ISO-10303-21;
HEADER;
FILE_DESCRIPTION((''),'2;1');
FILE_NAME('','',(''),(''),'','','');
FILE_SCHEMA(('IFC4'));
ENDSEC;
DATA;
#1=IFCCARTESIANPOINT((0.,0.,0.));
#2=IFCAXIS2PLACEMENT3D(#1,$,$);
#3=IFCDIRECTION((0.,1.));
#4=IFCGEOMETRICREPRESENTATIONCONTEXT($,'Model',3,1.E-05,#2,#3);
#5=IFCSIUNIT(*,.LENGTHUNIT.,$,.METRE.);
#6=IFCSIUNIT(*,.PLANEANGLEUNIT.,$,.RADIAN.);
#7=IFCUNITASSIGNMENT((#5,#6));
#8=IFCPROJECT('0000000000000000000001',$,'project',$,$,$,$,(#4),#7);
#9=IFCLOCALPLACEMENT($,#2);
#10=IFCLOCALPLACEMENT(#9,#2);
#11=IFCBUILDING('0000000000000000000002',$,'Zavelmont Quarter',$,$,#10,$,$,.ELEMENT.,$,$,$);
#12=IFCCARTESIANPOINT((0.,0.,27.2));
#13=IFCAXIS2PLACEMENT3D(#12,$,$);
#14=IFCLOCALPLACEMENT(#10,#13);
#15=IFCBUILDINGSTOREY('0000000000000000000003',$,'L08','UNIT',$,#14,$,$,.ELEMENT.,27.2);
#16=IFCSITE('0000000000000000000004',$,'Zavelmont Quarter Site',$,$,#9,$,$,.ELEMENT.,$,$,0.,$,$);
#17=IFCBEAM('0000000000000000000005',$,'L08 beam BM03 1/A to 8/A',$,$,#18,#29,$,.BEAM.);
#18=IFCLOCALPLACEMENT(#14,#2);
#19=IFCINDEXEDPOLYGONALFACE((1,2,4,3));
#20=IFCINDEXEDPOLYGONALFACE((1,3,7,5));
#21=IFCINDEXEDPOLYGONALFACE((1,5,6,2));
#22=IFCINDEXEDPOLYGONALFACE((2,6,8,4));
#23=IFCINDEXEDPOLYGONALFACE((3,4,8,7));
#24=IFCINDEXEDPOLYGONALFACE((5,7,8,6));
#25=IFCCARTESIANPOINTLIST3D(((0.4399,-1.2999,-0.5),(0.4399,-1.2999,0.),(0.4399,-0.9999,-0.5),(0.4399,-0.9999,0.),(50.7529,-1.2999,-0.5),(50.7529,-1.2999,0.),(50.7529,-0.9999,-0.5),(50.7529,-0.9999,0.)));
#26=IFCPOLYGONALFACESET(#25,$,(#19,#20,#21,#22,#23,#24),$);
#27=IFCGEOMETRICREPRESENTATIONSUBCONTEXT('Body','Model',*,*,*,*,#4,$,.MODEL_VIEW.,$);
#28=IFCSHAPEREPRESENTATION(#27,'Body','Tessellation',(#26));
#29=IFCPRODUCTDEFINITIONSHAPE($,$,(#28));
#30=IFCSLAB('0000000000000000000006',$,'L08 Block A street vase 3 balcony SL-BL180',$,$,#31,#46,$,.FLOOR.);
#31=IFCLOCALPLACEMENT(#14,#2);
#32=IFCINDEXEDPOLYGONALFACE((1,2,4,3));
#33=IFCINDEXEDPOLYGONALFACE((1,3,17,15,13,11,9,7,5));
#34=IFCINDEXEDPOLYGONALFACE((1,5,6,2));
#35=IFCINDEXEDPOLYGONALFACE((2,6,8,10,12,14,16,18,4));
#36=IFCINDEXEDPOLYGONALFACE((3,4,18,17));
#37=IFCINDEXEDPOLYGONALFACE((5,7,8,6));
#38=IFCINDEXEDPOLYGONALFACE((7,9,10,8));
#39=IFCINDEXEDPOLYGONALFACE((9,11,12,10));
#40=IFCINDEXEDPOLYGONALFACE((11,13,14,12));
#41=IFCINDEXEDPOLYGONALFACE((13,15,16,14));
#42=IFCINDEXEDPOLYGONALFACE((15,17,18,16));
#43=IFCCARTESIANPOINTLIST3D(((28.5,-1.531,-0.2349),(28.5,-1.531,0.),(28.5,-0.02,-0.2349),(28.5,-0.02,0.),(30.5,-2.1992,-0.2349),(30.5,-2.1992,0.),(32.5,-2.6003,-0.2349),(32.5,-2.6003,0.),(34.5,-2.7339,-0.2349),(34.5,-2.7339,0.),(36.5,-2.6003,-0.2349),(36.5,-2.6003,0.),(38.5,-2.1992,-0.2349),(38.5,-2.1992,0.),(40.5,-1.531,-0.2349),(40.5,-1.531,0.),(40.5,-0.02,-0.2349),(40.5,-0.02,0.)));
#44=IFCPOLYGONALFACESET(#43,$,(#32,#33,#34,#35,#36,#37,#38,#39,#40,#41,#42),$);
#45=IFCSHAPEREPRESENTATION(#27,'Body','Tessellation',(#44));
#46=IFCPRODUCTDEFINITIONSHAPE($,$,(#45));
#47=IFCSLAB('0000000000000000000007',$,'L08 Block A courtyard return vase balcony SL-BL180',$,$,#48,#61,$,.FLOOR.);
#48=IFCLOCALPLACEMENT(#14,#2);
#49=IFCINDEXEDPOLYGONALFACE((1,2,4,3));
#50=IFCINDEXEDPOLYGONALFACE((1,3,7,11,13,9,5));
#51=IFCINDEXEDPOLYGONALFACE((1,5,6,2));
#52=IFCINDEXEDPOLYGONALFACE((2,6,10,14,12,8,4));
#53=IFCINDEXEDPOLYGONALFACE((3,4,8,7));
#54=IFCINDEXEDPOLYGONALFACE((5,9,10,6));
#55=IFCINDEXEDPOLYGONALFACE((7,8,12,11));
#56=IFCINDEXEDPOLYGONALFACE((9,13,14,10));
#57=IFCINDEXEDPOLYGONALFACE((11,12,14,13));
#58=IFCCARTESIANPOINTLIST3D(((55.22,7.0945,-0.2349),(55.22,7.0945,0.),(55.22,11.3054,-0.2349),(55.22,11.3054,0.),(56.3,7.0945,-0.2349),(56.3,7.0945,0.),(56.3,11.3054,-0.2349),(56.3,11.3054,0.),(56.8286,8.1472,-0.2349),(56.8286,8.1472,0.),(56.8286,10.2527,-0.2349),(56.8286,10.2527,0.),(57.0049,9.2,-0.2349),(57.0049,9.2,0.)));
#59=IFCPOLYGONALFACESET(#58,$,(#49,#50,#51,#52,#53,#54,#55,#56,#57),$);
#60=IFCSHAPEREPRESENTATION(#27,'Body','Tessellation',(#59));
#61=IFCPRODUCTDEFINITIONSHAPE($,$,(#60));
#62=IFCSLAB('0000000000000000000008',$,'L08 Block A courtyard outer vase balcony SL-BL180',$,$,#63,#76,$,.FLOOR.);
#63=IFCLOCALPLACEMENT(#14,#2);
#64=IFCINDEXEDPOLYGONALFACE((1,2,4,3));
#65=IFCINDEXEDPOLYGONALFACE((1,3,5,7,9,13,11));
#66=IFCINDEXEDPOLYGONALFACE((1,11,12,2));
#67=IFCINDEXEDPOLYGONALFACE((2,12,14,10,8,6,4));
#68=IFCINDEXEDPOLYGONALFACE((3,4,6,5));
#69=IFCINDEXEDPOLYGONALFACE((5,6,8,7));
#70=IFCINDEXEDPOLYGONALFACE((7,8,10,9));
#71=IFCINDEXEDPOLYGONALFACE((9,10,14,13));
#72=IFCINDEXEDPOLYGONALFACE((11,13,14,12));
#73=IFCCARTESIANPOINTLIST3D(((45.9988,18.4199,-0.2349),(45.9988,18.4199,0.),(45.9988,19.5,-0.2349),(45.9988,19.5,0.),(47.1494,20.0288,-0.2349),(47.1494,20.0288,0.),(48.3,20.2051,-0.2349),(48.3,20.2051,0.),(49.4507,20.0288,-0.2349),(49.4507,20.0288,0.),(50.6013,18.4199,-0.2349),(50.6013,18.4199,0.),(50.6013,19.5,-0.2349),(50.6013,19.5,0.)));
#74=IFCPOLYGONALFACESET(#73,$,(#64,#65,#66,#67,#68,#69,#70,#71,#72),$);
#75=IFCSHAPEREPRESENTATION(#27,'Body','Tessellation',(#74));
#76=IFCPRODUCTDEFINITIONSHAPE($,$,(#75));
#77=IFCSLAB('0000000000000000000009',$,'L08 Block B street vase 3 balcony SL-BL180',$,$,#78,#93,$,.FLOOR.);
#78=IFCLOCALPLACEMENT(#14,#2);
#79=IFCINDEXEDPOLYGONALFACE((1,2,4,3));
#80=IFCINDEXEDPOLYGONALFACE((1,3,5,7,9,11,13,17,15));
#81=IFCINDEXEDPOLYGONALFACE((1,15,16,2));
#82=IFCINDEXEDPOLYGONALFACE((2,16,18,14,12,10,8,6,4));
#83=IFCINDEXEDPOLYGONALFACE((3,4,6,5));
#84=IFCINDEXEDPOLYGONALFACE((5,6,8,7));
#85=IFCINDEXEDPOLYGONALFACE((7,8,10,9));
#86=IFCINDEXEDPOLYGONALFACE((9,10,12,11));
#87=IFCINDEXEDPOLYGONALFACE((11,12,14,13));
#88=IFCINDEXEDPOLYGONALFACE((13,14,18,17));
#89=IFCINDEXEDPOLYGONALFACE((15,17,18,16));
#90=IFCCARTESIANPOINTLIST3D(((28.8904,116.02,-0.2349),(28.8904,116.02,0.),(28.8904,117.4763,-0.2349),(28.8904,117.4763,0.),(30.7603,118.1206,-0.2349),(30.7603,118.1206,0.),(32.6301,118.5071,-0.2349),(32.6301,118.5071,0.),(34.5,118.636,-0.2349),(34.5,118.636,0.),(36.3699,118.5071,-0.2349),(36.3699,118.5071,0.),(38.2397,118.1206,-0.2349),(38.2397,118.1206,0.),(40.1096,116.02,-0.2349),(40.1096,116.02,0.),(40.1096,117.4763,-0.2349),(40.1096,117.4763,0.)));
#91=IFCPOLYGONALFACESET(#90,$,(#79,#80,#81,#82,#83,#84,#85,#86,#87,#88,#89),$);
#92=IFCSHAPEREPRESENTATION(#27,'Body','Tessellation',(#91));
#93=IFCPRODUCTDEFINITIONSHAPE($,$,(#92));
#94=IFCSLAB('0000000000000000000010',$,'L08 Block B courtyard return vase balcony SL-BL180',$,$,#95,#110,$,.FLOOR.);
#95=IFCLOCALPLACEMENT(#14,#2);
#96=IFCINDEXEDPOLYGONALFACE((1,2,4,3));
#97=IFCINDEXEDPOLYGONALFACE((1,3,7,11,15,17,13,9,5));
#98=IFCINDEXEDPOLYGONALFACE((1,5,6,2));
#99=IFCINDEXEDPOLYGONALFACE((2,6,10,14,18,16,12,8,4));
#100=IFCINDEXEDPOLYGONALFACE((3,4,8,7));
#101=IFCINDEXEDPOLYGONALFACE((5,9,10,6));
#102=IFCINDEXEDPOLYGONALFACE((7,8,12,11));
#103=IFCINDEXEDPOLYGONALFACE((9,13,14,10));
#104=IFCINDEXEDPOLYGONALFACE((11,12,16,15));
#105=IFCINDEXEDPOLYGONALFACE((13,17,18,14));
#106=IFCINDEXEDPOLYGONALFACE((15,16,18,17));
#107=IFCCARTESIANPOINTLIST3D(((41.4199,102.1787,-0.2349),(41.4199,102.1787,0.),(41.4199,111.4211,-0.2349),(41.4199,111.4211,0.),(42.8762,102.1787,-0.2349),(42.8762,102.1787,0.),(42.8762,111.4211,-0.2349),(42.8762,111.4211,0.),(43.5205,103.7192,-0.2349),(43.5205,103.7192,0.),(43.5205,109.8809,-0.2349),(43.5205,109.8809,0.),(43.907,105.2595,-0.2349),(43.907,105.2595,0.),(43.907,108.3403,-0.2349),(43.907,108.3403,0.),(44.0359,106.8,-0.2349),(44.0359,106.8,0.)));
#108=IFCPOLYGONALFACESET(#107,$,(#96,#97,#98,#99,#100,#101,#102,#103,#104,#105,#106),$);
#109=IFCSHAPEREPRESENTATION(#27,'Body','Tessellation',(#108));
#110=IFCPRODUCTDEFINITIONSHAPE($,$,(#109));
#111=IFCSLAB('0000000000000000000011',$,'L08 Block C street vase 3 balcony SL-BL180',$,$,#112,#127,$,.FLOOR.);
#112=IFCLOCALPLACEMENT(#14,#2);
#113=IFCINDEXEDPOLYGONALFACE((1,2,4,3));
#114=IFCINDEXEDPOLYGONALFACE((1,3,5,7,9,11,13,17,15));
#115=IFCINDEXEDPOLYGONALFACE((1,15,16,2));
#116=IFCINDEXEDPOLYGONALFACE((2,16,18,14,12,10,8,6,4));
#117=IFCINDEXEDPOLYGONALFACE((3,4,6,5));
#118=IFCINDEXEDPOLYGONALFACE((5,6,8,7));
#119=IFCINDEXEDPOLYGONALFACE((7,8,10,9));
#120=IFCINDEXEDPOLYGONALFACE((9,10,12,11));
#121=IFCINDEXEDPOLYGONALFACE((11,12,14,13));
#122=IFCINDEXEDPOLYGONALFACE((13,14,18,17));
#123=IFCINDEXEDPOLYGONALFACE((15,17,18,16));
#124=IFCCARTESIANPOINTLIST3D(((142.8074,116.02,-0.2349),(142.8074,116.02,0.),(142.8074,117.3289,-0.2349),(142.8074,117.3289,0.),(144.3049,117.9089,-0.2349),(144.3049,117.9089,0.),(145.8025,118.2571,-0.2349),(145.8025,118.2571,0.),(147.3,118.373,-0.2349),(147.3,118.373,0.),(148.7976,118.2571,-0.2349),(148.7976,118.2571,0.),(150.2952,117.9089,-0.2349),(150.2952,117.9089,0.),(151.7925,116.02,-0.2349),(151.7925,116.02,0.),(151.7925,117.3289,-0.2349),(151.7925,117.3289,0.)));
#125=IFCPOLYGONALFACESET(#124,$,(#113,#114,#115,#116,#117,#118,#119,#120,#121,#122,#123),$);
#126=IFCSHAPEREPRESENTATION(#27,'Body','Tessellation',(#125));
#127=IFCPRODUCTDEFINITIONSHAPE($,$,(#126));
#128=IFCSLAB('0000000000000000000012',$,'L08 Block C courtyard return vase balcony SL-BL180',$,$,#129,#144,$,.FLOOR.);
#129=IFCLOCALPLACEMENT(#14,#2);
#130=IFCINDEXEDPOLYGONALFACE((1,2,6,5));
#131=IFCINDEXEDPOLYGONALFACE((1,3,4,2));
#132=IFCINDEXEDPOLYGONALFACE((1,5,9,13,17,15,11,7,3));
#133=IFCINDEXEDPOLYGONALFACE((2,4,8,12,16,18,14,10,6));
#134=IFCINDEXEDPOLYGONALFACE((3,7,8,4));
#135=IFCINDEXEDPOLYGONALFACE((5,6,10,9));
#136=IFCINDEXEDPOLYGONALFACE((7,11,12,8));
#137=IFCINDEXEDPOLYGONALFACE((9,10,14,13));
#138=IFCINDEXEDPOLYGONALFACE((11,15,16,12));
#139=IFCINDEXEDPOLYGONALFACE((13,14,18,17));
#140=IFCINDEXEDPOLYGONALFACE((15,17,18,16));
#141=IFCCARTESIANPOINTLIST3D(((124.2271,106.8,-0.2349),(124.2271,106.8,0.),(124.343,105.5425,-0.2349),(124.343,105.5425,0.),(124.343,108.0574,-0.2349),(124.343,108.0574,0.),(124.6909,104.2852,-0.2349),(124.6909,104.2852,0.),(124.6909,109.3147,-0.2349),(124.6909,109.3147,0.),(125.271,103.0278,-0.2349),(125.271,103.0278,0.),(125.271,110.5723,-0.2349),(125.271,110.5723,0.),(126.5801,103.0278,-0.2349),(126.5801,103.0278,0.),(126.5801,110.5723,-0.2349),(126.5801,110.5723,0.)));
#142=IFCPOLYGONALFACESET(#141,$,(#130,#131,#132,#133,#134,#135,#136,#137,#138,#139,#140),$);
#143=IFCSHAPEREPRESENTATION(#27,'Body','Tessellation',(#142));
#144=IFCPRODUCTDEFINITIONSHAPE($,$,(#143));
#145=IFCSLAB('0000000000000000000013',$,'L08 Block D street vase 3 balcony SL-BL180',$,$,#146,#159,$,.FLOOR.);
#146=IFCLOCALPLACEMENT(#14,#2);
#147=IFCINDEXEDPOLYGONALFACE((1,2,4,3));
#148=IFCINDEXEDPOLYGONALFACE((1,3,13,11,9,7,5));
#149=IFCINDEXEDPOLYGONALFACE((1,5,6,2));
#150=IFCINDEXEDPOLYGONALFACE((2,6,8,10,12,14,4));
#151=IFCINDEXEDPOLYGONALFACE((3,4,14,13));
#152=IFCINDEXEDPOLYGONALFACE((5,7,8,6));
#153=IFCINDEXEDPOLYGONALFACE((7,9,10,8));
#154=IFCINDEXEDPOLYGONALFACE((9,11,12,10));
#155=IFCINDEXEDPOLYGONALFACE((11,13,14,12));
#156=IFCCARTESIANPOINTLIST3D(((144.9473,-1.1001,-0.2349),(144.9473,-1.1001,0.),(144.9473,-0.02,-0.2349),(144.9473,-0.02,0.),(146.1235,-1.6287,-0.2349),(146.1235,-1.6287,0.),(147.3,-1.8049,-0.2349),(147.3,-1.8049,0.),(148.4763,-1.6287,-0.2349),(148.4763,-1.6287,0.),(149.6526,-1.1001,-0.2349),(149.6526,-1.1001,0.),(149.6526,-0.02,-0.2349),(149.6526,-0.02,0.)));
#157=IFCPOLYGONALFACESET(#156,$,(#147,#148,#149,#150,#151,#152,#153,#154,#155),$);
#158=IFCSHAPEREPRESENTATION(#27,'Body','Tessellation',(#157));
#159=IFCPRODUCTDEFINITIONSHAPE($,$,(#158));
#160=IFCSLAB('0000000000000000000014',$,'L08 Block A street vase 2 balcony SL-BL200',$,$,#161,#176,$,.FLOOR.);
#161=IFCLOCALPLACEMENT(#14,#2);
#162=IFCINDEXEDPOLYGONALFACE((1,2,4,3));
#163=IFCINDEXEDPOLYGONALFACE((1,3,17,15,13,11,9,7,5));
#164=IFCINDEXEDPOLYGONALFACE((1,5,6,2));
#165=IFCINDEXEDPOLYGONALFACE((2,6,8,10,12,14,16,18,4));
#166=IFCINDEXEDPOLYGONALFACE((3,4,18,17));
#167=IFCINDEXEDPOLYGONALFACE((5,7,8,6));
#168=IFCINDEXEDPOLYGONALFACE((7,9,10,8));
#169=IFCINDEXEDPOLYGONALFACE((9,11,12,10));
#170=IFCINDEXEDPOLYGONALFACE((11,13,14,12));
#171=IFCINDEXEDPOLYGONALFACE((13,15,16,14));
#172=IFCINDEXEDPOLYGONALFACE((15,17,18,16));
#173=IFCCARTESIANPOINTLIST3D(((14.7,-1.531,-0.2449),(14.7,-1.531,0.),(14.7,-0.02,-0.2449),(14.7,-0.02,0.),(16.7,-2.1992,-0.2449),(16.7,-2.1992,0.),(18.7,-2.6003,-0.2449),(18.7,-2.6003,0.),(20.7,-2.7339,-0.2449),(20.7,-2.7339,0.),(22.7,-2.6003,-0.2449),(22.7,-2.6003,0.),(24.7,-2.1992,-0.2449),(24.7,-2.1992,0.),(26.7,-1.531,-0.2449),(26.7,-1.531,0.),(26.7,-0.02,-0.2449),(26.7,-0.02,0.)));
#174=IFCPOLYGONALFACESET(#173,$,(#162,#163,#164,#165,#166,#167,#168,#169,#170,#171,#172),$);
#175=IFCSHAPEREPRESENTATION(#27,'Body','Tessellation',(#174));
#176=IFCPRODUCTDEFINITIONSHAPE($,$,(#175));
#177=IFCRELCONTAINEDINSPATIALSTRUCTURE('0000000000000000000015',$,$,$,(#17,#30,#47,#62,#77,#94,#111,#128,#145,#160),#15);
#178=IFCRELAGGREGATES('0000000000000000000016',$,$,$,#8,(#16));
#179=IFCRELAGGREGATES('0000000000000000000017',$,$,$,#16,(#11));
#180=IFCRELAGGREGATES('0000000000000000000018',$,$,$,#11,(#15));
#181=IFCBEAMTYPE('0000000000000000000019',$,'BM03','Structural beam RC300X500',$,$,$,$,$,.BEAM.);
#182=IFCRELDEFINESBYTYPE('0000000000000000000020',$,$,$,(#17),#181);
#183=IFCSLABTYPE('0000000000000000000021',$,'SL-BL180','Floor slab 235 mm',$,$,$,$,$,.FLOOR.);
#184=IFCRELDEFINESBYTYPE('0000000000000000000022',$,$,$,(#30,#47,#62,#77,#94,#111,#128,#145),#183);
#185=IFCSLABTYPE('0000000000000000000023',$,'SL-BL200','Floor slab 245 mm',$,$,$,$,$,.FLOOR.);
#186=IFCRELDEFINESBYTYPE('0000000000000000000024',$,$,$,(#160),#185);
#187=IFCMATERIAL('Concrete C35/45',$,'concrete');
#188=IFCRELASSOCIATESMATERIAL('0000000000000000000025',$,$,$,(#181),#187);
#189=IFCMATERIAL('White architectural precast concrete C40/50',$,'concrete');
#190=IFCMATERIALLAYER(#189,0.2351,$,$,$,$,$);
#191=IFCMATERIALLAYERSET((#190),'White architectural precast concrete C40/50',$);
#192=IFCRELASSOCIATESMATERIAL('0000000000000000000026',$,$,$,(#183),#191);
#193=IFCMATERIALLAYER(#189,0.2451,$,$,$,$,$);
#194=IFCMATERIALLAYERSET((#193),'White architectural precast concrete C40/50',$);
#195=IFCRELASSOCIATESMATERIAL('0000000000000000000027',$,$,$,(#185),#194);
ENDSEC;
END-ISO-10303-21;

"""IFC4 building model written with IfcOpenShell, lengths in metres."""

from ifc_helpers import new_model, si_unit, direction, frame, origin, origin_2d, place, context, subcontext, project, spatial, polyline, rectangle, outline, extrude, material, layer, layer_set, material_profile, profile_set, type_object, element, save


model = new_model("IFC4")

# Units and contexts
model_context = context("Model", 3, precision=1e-05, world=origin(), true_north=direction((0.0, 1.0)))
body_context = subcontext(model_context, "Body", "Model", "MODEL_VIEW")
ifc_project = project(units=[si_unit("LENGTHUNIT", "METRE"), si_unit("PLANEANGLEUNIT", "RADIAN")], contexts=[model_context])

# Site, building, storey
site_placement = place(None, origin())
site = spatial("IfcSite", under=ifc_project, at=site_placement, Name="Zavelmont Quarter Site", CompositionType="ELEMENT", RefElevation=0.0)
building_placement = place(site_placement, origin())
building = spatial("IfcBuilding", under=site, at=building_placement, Name="Zavelmont Quarter", CompositionType="ELEMENT")
storey_placement = place(building_placement, frame((0.0, 0.0, 27.2)))
storey = spatial("IfcBuildingStorey", under=building, at=storey_placement, Name="L08", Description="UNIT", CompositionType="ELEMENT", Elevation=27.2)

# Beam
ifc_material_1 = material(Name="Concrete C35/45", Category="concrete")
ifc_material_profile = material_profile(ifc_material_1, rectangle(XDim=0.3, YDim=0.5, at=origin_2d()), Name="RC300X500")
ifc_profile_set = profile_set([ifc_material_profile], Name="Concrete C35/45")
beam_type = type_object("IfcBeamType", Name="BM03", Description="Structural beam RC300X500", PredefinedType="BEAM", material=ifc_profile_set)
beam_placement = place(storey_placement, frame((0.4399, -1.1499, -0.25), z_axis=(1.0, 0.0, 0.0), x_axis=(0.0, 1.0, 0.0)))
element("IfcBeam", 1, at=beam_placement, inside=storey, type_object=beam_type, Name="L08 beam BM03 1/A to 8/A", PredefinedType="BEAM", context=body_context, shape_type="SweptSolid", body=[
    extrude(rectangle(XDim=0.3, YDim=0.5, at=origin_2d()), origin(), (0.0, 0.0, 1.0), 50.313),
])

# Slabs
ifc_material_2 = material(Name="White architectural precast concrete C40/50", Category="concrete")
ifc_layer_1 = layer(ifc_material_2, 0.2351)
ifc_layer_set_1 = layer_set([ifc_layer_1], Name="White architectural precast concrete C40/50")
slab_type_1 = type_object("IfcSlabType", Name="SL-BL180", Description="Floor slab 235 mm", PredefinedType="FLOOR", material=ifc_layer_set_1)
slab_1_placement = place(storey_placement, frame((0.0, 0.0, -0.2349)))
element("IfcSlab", 2, at=slab_1_placement, inside=storey, type_object=slab_type_1, Name="L08 Block A street vase 3 balcony SL-BL180", PredefinedType="FLOOR", context=body_context, shape_type="SweptSolid", body=[
    extrude(outline(polyline([(28.5, -0.02), (28.5, -1.531), (30.5, -2.1992), (32.5, -2.6003), (34.5, -2.7339), (36.5, -2.6003), (38.5, -2.1992), (40.5, -1.531), (40.5, -0.02), (28.5, -0.02)])), origin(), (0.0, 0.0, 1.0), 0.2349),
])
slab_2_placement = place(storey_placement, frame((0.0, 0.0, -0.2349)))
element("IfcSlab", 3, at=slab_2_placement, inside=storey, type_object=slab_type_1, Name="L08 Block A courtyard return vase balcony SL-BL180", PredefinedType="FLOOR", context=body_context, shape_type="SweptSolid", body=[
    extrude(outline(polyline([(55.22, 7.0945), (56.3, 7.0945), (56.8286, 8.1472), (57.0049, 9.2), (56.8286, 10.2527), (56.3, 11.3054), (55.22, 11.3054), (55.22, 7.0945)])), origin(), (0.0, 0.0, 1.0), 0.2349),
])
slab_3_placement = place(storey_placement, frame((0.0, 0.0, -0.2349)))
element("IfcSlab", 4, at=slab_3_placement, inside=storey, type_object=slab_type_1, Name="L08 Block A courtyard outer vase balcony SL-BL180", PredefinedType="FLOOR", context=body_context, shape_type="SweptSolid", body=[
    extrude(outline(polyline([(50.6013, 18.4199), (50.6013, 19.5), (49.4507, 20.0288), (48.3, 20.2051), (47.1494, 20.0288), (45.9988, 19.5), (45.9988, 18.4199), (50.6013, 18.4199)])), origin(), (0.0, 0.0, 1.0), 0.2349),
])
slab_4_placement = place(storey_placement, frame((0.0, 0.0, -0.2349)))
element("IfcSlab", 5, at=slab_4_placement, inside=storey, type_object=slab_type_1, Name="L08 Block B street vase 3 balcony SL-BL180", PredefinedType="FLOOR", context=body_context, shape_type="SweptSolid", body=[
    extrude(outline(polyline([(40.1096, 116.02), (40.1096, 117.4763), (38.2397, 118.1206), (36.3699, 118.5071), (34.5, 118.636), (32.6301, 118.5071), (30.7603, 118.1206), (28.8904, 117.4763), (28.8904, 116.02), (40.1096, 116.02)])), origin(), (0.0, 0.0, 1.0), 0.2349),
])
slab_5_placement = place(storey_placement, frame((0.0, 0.0, -0.2349)))
element("IfcSlab", 6, at=slab_5_placement, inside=storey, type_object=slab_type_1, Name="L08 Block B courtyard return vase balcony SL-BL180", PredefinedType="FLOOR", context=body_context, shape_type="SweptSolid", body=[
    extrude(outline(polyline([(41.4199, 102.1787), (42.8762, 102.1787), (43.5205, 103.7192), (43.907, 105.2595), (44.0359, 106.8), (43.907, 108.3403), (43.5205, 109.8809), (42.8762, 111.4211), (41.4199, 111.4211), (41.4199, 102.1787)])), origin(), (0.0, 0.0, 1.0), 0.2349),
])
slab_6_placement = place(storey_placement, frame((0.0, 0.0, -0.2349)))
element("IfcSlab", 7, at=slab_6_placement, inside=storey, type_object=slab_type_1, Name="L08 Block C street vase 3 balcony SL-BL180", PredefinedType="FLOOR", context=body_context, shape_type="SweptSolid", body=[
    extrude(outline(polyline([(151.7925, 116.02), (151.7925, 117.3289), (150.2952, 117.9089), (148.7976, 118.2571), (147.3, 118.373), (145.8025, 118.2571), (144.3049, 117.9089), (142.8074, 117.3289), (142.8074, 116.02), (151.7925, 116.02)])), origin(), (0.0, 0.0, 1.0), 0.2349),
])
slab_7_placement = place(storey_placement, frame((0.0, 0.0, -0.2349)))
element("IfcSlab", 8, at=slab_7_placement, inside=storey, type_object=slab_type_1, Name="L08 Block C courtyard return vase balcony SL-BL180", PredefinedType="FLOOR", context=body_context, shape_type="SweptSolid", body=[
    extrude(outline(polyline([(126.5801, 110.5723), (125.271, 110.5723), (124.6909, 109.3147), (124.343, 108.0574), (124.2271, 106.8), (124.343, 105.5425), (124.6909, 104.2852), (125.271, 103.0278), (126.5801, 103.0278), (126.5801, 110.5723)])), origin(), (0.0, 0.0, 1.0), 0.2349),
])
slab_8_placement = place(storey_placement, frame((0.0, 0.0, -0.2349)))
element("IfcSlab", 9, at=slab_8_placement, inside=storey, type_object=slab_type_1, Name="L08 Block D street vase 3 balcony SL-BL180", PredefinedType="FLOOR", context=body_context, shape_type="SweptSolid", body=[
    extrude(outline(polyline([(144.9473, -0.02), (144.9473, -1.1001), (146.1235, -1.6287), (147.3, -1.8049), (148.4763, -1.6287), (149.6526, -1.1001), (149.6526, -0.02), (144.9473, -0.02)])), origin(), (0.0, 0.0, 1.0), 0.2349),
])
ifc_layer_2 = layer(ifc_material_2, 0.2451)
ifc_layer_set_2 = layer_set([ifc_layer_2], Name="White architectural precast concrete C40/50")
slab_type_2 = type_object("IfcSlabType", Name="SL-BL200", Description="Floor slab 245 mm", PredefinedType="FLOOR", material=ifc_layer_set_2)
slab_9_placement = place(storey_placement, frame((0.0, 0.0, -0.2449)))
element("IfcSlab", 10, at=slab_9_placement, inside=storey, type_object=slab_type_2, Name="L08 Block A street vase 2 balcony SL-BL200", PredefinedType="FLOOR", context=body_context, shape_type="SweptSolid", body=[
    extrude(outline(polyline([(14.7, -0.02), (14.7, -1.531), (16.7, -2.1992), (18.7, -2.6003), (20.7, -2.7339), (22.7, -2.6003), (24.7, -2.1992), (26.7, -1.531), (26.7, -0.02), (14.7, -0.02)])), origin(), (0.0, 0.0, 1.0), 0.2449),
])

save(model, "model.ifc")
